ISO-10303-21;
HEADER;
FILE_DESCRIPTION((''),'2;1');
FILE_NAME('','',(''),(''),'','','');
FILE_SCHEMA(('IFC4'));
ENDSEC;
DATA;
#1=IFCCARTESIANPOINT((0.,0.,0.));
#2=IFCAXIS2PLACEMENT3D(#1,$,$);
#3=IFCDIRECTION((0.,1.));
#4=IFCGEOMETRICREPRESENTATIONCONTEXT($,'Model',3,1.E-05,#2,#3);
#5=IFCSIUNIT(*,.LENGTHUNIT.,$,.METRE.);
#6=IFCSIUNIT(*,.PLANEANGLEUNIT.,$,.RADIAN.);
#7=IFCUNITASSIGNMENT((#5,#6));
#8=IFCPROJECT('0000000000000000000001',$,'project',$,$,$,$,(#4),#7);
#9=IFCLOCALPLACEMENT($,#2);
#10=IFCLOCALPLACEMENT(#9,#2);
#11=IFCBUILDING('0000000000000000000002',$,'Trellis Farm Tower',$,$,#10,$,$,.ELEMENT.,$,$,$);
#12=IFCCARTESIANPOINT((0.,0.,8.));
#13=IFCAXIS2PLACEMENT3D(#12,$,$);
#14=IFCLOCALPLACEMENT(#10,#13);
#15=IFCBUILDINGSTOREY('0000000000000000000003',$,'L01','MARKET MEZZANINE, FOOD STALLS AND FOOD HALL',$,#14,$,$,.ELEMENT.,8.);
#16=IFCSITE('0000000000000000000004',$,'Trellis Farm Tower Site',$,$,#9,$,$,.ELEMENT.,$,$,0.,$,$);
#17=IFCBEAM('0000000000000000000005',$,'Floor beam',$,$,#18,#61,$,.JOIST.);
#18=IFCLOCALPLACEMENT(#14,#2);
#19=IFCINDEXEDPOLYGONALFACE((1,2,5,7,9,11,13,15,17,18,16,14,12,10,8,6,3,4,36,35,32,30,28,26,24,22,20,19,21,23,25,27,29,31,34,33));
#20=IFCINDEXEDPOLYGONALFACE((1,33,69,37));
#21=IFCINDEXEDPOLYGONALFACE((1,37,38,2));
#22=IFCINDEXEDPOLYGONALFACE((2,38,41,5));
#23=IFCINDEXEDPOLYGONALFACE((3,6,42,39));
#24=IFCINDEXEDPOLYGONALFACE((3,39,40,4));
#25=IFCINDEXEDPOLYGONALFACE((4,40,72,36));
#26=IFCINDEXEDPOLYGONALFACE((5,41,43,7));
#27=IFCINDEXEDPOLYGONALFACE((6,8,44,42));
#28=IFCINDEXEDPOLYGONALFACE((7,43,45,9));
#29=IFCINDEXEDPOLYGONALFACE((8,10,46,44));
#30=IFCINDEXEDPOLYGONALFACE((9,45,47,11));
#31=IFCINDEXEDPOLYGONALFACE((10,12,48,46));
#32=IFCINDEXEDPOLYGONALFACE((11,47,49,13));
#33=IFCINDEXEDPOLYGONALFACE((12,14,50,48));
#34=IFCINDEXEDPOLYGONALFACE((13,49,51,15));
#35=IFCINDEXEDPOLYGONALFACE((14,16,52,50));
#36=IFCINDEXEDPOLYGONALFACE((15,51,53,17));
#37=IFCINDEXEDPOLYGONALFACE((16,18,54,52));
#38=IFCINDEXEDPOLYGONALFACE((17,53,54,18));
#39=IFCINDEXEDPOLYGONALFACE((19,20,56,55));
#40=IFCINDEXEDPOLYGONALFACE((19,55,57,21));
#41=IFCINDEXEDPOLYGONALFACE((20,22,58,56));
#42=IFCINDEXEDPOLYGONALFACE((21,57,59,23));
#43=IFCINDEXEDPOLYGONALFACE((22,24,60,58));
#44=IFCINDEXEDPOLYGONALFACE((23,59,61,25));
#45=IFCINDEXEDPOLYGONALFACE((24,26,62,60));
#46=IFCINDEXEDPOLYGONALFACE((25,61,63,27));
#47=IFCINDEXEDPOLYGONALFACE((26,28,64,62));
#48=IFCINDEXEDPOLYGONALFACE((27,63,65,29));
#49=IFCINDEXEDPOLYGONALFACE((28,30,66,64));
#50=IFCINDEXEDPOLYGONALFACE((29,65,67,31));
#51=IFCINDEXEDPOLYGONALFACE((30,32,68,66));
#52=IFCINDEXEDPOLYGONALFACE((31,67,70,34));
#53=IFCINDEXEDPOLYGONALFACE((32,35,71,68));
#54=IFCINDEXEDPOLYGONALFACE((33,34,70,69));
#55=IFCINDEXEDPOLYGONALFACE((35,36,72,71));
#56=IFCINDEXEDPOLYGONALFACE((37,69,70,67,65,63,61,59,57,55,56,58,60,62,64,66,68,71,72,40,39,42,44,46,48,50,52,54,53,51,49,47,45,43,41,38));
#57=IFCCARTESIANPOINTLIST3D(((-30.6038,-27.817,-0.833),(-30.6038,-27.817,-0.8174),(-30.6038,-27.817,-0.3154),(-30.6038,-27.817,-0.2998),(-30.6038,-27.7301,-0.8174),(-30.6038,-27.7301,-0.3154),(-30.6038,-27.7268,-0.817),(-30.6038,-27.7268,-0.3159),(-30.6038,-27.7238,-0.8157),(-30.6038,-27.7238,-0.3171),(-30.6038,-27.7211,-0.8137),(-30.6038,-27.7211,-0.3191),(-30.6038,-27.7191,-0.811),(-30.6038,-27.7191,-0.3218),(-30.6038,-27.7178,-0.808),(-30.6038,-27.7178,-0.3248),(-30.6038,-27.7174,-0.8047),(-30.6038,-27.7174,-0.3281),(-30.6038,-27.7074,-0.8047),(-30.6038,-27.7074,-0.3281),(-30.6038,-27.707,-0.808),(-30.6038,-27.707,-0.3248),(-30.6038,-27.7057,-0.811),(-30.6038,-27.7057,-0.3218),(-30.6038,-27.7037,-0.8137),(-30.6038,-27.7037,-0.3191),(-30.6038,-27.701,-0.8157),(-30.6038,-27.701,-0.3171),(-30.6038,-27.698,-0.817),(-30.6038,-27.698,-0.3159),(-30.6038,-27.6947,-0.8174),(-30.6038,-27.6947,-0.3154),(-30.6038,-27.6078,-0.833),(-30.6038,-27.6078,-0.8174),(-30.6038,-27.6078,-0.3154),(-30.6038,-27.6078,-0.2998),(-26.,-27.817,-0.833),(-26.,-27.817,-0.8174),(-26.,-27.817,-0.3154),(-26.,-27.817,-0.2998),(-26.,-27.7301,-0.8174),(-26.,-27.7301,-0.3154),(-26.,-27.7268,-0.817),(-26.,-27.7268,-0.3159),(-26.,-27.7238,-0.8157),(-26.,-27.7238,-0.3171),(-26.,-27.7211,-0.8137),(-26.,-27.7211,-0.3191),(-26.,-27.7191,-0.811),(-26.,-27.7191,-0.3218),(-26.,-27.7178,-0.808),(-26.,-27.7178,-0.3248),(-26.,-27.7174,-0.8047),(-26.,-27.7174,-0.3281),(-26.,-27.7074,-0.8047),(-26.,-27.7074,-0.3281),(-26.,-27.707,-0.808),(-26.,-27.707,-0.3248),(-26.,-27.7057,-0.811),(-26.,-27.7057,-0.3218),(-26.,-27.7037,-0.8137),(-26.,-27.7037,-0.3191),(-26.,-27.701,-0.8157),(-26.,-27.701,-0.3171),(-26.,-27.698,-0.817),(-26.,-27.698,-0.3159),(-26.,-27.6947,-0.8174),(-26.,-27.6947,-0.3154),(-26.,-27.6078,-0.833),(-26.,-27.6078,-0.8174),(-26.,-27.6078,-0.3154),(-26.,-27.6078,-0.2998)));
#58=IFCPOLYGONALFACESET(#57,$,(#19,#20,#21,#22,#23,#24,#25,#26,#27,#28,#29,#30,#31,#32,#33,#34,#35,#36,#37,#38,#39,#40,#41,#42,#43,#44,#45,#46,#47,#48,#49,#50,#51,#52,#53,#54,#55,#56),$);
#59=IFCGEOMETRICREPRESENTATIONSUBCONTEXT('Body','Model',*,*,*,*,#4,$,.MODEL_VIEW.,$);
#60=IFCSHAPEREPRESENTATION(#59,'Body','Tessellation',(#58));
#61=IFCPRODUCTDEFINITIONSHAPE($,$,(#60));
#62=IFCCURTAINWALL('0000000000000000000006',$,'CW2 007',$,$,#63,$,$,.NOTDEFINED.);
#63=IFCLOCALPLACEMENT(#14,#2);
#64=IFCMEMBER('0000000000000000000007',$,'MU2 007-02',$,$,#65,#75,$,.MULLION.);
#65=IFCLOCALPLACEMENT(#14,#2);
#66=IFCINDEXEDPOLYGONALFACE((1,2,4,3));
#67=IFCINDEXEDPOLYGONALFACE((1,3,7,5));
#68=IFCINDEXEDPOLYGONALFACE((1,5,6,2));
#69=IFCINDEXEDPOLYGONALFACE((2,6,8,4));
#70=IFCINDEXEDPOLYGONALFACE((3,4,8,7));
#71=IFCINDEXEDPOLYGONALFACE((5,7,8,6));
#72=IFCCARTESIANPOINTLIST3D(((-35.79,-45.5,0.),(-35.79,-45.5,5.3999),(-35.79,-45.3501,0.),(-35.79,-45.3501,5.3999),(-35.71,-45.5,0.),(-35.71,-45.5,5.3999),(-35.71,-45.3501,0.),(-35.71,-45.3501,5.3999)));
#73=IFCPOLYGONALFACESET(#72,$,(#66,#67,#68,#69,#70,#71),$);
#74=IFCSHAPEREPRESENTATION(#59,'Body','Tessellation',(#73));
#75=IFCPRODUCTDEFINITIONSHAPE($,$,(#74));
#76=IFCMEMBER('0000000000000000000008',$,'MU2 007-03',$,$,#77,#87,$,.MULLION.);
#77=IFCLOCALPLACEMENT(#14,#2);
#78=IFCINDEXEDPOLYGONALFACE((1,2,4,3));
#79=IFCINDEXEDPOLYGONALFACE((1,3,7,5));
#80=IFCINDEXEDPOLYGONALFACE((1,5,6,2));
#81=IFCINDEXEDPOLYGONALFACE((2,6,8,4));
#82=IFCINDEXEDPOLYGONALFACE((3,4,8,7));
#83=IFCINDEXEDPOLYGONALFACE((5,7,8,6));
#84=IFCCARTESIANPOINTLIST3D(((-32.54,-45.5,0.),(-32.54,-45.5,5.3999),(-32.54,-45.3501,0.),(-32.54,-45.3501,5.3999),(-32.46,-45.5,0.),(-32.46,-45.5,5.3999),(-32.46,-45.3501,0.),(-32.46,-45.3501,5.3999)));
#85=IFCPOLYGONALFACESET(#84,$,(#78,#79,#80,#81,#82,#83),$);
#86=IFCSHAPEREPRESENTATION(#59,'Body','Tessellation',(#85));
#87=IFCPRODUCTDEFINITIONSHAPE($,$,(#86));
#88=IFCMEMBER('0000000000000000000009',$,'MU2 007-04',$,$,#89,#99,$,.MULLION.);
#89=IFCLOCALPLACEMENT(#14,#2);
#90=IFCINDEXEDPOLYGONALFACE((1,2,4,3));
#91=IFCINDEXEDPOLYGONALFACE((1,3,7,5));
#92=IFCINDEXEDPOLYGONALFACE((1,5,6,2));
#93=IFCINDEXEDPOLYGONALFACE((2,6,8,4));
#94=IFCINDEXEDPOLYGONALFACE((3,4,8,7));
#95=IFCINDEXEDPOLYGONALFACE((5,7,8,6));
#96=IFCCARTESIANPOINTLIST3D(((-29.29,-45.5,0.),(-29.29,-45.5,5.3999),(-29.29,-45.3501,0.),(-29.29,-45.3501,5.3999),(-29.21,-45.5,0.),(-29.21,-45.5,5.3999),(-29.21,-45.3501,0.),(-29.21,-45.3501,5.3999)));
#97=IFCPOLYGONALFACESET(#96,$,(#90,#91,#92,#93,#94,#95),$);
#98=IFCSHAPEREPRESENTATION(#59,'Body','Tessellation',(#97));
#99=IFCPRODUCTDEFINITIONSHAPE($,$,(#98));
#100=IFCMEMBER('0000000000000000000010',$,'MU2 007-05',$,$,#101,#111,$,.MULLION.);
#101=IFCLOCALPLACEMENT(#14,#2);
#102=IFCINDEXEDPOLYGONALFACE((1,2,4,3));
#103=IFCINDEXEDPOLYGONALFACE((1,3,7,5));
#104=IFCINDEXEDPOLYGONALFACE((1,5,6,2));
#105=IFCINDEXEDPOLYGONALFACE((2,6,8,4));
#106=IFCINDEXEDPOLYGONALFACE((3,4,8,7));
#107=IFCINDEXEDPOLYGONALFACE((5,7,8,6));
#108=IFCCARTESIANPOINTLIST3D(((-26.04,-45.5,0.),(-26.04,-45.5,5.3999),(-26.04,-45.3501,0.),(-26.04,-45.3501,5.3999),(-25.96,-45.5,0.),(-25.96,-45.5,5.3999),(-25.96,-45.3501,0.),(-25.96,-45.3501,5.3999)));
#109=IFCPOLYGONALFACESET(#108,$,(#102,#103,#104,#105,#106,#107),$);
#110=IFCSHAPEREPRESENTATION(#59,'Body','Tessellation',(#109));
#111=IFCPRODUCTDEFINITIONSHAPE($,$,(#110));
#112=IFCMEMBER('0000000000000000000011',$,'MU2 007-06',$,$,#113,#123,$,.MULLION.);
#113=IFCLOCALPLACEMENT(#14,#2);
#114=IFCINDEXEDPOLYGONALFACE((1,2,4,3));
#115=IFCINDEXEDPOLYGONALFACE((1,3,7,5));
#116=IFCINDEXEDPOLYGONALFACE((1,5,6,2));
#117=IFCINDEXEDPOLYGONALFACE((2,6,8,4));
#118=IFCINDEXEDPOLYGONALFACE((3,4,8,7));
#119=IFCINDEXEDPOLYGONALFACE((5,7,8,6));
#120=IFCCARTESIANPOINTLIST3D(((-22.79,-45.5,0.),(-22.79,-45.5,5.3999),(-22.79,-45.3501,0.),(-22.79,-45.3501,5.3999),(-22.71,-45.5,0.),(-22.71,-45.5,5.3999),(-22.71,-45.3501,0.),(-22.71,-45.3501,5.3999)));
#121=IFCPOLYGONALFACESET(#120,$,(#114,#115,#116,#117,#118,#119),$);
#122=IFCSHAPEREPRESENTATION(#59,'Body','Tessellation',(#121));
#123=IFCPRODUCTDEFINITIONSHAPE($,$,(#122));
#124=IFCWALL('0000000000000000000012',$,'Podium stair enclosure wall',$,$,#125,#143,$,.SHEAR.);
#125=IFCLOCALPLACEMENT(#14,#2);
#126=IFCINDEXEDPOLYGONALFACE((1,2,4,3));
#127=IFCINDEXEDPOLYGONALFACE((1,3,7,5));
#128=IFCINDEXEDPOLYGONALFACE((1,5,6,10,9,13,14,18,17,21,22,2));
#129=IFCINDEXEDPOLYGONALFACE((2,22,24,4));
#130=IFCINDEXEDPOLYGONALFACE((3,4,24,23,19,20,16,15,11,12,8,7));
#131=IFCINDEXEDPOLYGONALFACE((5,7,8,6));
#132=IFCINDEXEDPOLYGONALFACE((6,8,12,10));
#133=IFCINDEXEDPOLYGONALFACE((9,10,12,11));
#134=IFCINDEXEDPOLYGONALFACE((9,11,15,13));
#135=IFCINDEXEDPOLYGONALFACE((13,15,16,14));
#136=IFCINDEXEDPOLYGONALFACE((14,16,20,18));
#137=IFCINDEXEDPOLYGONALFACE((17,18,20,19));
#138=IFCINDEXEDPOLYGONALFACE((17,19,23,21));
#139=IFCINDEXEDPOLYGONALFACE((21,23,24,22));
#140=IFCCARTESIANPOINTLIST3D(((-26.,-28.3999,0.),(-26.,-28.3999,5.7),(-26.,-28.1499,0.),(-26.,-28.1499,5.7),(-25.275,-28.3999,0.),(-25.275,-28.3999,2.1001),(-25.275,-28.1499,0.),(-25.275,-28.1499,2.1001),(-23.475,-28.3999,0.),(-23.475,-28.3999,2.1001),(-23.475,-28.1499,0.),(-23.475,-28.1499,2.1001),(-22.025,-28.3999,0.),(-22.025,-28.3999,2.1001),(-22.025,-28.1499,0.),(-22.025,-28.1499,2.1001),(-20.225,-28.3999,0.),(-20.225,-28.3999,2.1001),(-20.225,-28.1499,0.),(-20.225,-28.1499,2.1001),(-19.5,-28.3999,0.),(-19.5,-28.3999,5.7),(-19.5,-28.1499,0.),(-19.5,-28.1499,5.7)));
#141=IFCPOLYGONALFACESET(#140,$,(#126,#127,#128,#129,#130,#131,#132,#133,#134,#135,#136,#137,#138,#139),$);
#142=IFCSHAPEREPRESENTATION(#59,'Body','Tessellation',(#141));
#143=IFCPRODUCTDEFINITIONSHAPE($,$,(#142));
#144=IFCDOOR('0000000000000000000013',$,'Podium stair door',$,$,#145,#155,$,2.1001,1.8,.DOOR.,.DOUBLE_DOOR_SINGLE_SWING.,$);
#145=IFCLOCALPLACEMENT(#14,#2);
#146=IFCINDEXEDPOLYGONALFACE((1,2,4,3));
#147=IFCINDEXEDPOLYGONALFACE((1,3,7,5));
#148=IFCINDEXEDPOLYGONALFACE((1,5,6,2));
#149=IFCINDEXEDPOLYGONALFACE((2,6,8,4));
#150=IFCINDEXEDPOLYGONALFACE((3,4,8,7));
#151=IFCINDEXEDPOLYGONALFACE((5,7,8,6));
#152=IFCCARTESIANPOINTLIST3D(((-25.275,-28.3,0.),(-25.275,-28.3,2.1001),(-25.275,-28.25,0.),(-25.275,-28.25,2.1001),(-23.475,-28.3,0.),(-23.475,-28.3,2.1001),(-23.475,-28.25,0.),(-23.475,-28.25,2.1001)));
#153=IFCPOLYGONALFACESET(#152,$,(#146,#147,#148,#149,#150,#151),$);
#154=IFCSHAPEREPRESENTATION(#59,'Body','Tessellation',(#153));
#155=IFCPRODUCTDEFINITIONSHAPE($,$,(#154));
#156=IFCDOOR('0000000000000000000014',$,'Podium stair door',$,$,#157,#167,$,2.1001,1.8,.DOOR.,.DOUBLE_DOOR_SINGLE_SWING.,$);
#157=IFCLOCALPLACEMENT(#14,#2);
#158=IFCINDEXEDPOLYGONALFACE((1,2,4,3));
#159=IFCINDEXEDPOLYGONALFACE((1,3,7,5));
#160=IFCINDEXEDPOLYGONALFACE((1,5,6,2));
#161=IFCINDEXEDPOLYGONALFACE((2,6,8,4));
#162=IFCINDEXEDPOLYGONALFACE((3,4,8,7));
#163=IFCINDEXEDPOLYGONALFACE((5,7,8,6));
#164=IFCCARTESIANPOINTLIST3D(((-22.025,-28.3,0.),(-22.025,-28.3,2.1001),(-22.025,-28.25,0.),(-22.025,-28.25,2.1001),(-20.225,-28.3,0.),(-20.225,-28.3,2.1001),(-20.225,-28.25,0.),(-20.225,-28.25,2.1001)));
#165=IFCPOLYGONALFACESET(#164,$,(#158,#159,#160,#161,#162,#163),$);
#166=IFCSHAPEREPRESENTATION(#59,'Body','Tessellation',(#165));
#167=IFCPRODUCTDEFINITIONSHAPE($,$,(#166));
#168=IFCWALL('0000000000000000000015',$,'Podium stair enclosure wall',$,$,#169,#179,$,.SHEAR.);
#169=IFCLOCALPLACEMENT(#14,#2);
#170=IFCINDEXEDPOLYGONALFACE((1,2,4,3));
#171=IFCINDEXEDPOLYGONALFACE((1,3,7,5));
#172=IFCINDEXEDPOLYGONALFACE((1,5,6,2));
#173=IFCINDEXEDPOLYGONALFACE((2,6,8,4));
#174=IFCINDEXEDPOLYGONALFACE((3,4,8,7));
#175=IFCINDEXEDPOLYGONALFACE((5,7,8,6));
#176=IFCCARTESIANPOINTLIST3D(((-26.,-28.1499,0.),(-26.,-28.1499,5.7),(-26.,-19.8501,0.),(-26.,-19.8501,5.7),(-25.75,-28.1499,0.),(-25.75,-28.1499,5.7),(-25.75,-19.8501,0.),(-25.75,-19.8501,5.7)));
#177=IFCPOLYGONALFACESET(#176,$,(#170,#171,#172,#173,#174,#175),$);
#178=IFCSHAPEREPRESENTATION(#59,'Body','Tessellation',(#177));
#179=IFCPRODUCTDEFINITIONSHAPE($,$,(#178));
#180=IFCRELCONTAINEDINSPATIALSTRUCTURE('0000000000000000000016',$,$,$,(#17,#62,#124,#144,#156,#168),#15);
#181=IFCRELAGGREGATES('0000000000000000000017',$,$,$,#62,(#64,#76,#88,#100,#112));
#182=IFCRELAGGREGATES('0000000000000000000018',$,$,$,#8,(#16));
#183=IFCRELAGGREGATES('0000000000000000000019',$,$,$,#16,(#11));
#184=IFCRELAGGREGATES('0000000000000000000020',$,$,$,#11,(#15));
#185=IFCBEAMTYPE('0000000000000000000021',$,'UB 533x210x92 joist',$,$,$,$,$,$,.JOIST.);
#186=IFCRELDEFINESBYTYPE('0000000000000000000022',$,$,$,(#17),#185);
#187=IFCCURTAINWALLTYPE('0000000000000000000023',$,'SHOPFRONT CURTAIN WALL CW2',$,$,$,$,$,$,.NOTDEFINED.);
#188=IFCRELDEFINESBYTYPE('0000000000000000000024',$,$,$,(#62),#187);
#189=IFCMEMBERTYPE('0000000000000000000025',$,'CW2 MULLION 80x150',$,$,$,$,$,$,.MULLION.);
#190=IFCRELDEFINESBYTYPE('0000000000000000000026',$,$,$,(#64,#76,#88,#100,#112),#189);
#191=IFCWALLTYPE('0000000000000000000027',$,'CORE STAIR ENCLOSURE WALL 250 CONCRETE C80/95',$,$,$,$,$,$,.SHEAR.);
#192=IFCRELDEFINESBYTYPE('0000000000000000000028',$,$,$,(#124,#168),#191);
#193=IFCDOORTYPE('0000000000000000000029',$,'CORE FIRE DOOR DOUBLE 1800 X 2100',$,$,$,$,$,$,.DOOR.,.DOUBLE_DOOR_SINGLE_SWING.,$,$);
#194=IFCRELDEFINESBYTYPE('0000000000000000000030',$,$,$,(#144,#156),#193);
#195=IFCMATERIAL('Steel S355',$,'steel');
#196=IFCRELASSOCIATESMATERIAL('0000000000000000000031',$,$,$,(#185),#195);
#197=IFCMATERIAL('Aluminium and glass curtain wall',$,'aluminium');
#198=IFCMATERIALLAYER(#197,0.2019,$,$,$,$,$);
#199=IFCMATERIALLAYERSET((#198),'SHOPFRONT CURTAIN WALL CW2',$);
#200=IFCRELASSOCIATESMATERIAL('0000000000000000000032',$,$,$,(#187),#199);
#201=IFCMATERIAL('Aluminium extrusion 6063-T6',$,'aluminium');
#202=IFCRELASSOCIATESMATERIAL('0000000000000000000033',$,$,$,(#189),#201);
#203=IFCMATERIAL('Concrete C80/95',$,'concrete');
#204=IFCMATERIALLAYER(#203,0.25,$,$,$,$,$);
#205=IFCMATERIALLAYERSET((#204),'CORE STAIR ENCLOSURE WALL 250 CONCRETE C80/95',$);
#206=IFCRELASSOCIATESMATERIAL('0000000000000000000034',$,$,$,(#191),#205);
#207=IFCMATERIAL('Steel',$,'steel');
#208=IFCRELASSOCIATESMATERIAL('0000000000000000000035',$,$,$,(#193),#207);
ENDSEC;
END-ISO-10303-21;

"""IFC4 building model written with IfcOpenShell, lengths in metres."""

from ifc_helpers import new_model, si_unit, direction, frame, frame_2d, origin, origin_2d, place, context, subcontext, project, spatial, rectangle, i_section, extrude, source, transform, mapped, material, layer, layer_set, material_profile, profile_set, type_object, element, fill, aggregate, save


model = new_model("IFC4")

# Units and contexts
model_context = context("Model", 3, precision=1e-05, world=origin(), true_north=direction((0.0, 1.0)))
body_context = subcontext(model_context, "Body", "Model", "MODEL_VIEW")
ifc_project = project(units=[si_unit("LENGTHUNIT", "METRE"), si_unit("PLANEANGLEUNIT", "RADIAN")], contexts=[model_context])

# Site, building, storey
site_placement = place(None, origin())
site = spatial("IfcSite", under=ifc_project, at=site_placement, Name="Trellis Farm Tower Site", CompositionType="ELEMENT", RefElevation=0.0)
building_placement = place(site_placement, origin())
building = spatial("IfcBuilding", under=site, at=building_placement, Name="Trellis Farm Tower", CompositionType="ELEMENT")
storey_placement = place(building_placement, frame((0.0, 0.0, 8.0)))
storey = spatial("IfcBuildingStorey", under=building, at=storey_placement, Name="L01", Description="MARKET MEZZANINE, FOOD STALLS AND FOOD HALL", CompositionType="ELEMENT", Elevation=8.0)

# Beam
ifc_material_1 = material(Name="Steel S355", Category="steel")
ifc_material_profile_1 = material_profile(ifc_material_1, i_section(OverallWidth=0.2092, OverallDepth=0.5332, WebThickness=0.01, FlangeThickness=0.0156, FilletRadius=0.0127, at=origin_2d()), Name="UB 533x210x92")
ifc_profile_set_1 = profile_set([ifc_material_profile_1], Name="Steel S355")
beam_type_1 = type_object("IfcBeamType", Name="UB 533x210x92 joist", PredefinedType="JOIST", material=ifc_profile_set_1)
shared_shape_1 = source(origin(), body_context, "Body", "SweptSolid", [
    extrude(i_section(OverallWidth=0.2092, OverallDepth=0.5332, WebThickness=0.01, FlangeThickness=0.0156, FilletRadius=0.0127, at=origin_2d()), origin(), (0.0, 0.0, 1.0), 4.6038),
])
beam_placement = place(storey_placement, frame((-30.6038, -27.7124, -0.5664), z_axis=(1.0, 0.0, 0.0), x_axis=(0.0, 1.0, 0.0)))
element("IfcBeam", 1, at=beam_placement, inside=storey, type_object=beam_type_1, Name="Floor beam", PredefinedType="JOIST", context=body_context, shape_type="MappedRepresentation", body=[
    mapped(shared_shape_1, transform((0.0, 0.0, 0.0))),
])

# Curtain wall, members
ifc_material_2 = material(Name="Aluminium and glass curtain wall", Category="aluminium")
ifc_layer_1 = layer(ifc_material_2, 0.2019)
ifc_layer_set_1 = layer_set([ifc_layer_1], Name="SHOPFRONT CURTAIN WALL CW2")
curtain_wall_type = type_object("IfcCurtainWallType", Name="SHOPFRONT CURTAIN WALL CW2", PredefinedType="NOTDEFINED", material=ifc_layer_set_1)
placement = place(storey_placement, origin())
curtain_wall = element("IfcCurtainWall", 2, at=placement, inside=storey, type_object=curtain_wall_type, Name="CW2 007", PredefinedType="NOTDEFINED")
ifc_material_3 = material(Name="Aluminium extrusion 6063-T6", Category="aluminium")
ifc_material_profile_2 = material_profile(ifc_material_3, rectangle(XDim=0.0801, YDim=0.1499, at=origin_2d()), Name="MULLION 80x150")
ifc_profile_set_2 = profile_set([ifc_material_profile_2], Name="Aluminium extrusion 6063-T6")
member_type = type_object("IfcMemberType", Name="CW2 MULLION 80x150", PredefinedType="MULLION", material=ifc_profile_set_2)
shared_shape_2 = source(origin(), body_context, "Body", "SweptSolid", [
    extrude(rectangle(XDim=0.0801, YDim=0.1499, at=origin_2d()), origin(), (0.0, 0.0, 1.0), 5.3999),
])
member_1_placement = place(storey_placement, frame((-35.75, -45.425, 0.0), z_axis=(0.0, 0.0, 1.0), x_axis=(1.0, 0.0, 0.0)))
member_1 = element("IfcMember", 3, at=member_1_placement, type_object=member_type, Name="MU2 007-02", PredefinedType="MULLION", context=body_context, shape_type="MappedRepresentation", body=[
    mapped(shared_shape_2, transform((0.0, 0.0, 0.0))),
])
member_2_placement = place(storey_placement, frame((-32.5, -45.425, 0.0), z_axis=(0.0, 0.0, 1.0), x_axis=(1.0, 0.0, 0.0)))
member_2 = element("IfcMember", 4, at=member_2_placement, type_object=member_type, Name="MU2 007-03", PredefinedType="MULLION", context=body_context, shape_type="MappedRepresentation", body=[
    mapped(shared_shape_2, transform((0.0, 0.0, 0.0))),
])
member_3_placement = place(storey_placement, frame((-29.25, -45.425, 0.0), z_axis=(0.0, 0.0, 1.0), x_axis=(1.0, 0.0, 0.0)))
member_3 = element("IfcMember", 5, at=member_3_placement, type_object=member_type, Name="MU2 007-04", PredefinedType="MULLION", context=body_context, shape_type="MappedRepresentation", body=[
    mapped(shared_shape_2, transform((0.0, 0.0, 0.0))),
])
member_4_placement = place(storey_placement, frame((-26.0, -45.425, 0.0), z_axis=(0.0, 0.0, 1.0), x_axis=(1.0, 0.0, 0.0)))
member_4 = element("IfcMember", 6, at=member_4_placement, type_object=member_type, Name="MU2 007-05", PredefinedType="MULLION", context=body_context, shape_type="MappedRepresentation", body=[
    mapped(shared_shape_2, transform((0.0, 0.0, 0.0))),
])
member_5_placement = place(storey_placement, frame((-22.75, -45.425, 0.0), z_axis=(0.0, 0.0, 1.0), x_axis=(1.0, 0.0, 0.0)))
member_5 = element("IfcMember", 7, at=member_5_placement, type_object=member_type, Name="MU2 007-06", PredefinedType="MULLION", context=body_context, shape_type="MappedRepresentation", body=[
    mapped(shared_shape_2, transform((0.0, 0.0, 0.0))),
])
aggregate(curtain_wall, [member_1, member_2, member_3, member_4, member_5])

# Wall, openings, doors
ifc_material_4 = material(Name="Concrete C80/95", Category="concrete")
ifc_layer_2 = layer(ifc_material_4, 0.25)
ifc_layer_set_2 = layer_set([ifc_layer_2], Name="CORE STAIR ENCLOSURE WALL 250 CONCRETE C80/95")
wall_type_1 = type_object("IfcWallType", Name="CORE STAIR ENCLOSURE WALL 250 CONCRETE C80/95", PredefinedType="SHEAR", material=ifc_layer_set_2)
shared_shape_3 = source(origin(), body_context, "Body", "SweptSolid", [
    extrude(rectangle(XDim=6.5, YDim=0.25, at=frame_2d((3.25, 0.0))), origin(), (0.0, 0.0, 1.0), 5.7),
])
wall_1_placement = place(storey_placement, frame((-26.0, -28.2749, 0.0), z_axis=(0.0, 0.0, 1.0), x_axis=(1.0, 0.0, 0.0)))
wall_1 = element("IfcWall", 8, at=wall_1_placement, inside=storey, type_object=wall_type_1, Name="Podium stair enclosure wall", PredefinedType="SHEAR", context=body_context, shape_type="MappedRepresentation", body=[
    mapped(shared_shape_3, transform((0.0, 0.0, 0.0))),
])
shared_shape_4 = source(origin(), body_context, "Body", "SweptSolid", [
    extrude(rectangle(XDim=1.8, YDim=2.1001, at=frame_2d((0.8999, 1.05))), frame((0.0, 0.135, 0.0), z_axis=(0.0, -1.0, 0.0), x_axis=(1.0, 0.0, 0.0)), (0.0, 0.0, 1.0), 0.27),
])
opening_1_placement = place(wall_1_placement, frame((0.7251, 0.0, 0.0)))
opening_1 = element("IfcOpeningElement", 9, at=opening_1_placement, cuts=wall_1, PredefinedType="OPENING", context=body_context, shape_type="MappedRepresentation", body=[
    mapped(shared_shape_4, transform((0.0, 0.0, 0.0))),
])
opening_2_placement = place(wall_1_placement, frame((3.9751, 0.0, 0.0)))
opening_2 = element("IfcOpeningElement", 10, at=opening_2_placement, cuts=wall_1, PredefinedType="OPENING", context=body_context, shape_type="MappedRepresentation", body=[
    mapped(shared_shape_4, transform((0.0, 0.0, 0.0))),
])
ifc_material_5 = material(Name="Steel", Category="steel")
door_type_1 = type_object("IfcDoorType", Name="CORE FIRE DOOR DOUBLE 1800 X 2100", OperationType="DOUBLE_DOOR_SINGLE_SWING", PredefinedType="DOOR", material=ifc_material_5)
shared_shape_5 = source(origin(), body_context, "Body", "SweptSolid", [
    extrude(rectangle(XDim=1.8, YDim=2.1001, at=frame_2d((0.8999, 1.05))), frame((0.0, 0.0249, 0.0), z_axis=(0.0, -1.0, 0.0), x_axis=(1.0, 0.0, 0.0)), (0.0, 0.0, 1.0), 0.05),
])
door_1_placement = place(opening_1_placement, origin())
door_1 = element("IfcDoor", 11, at=door_1_placement, inside=storey, type_object=door_type_1, Name="Podium stair door", OperationType="DOUBLE_DOOR_SINGLE_SWING", OverallHeight=2.1001, OverallWidth=1.8, PredefinedType="DOOR", context=body_context, shape_type="MappedRepresentation", body=[
    mapped(shared_shape_5, transform((0.0, 0.0, 0.0))),
])
fill(opening_1, door_1)
door_2_placement = place(opening_2_placement, origin())
door_2 = element("IfcDoor", 12, at=door_2_placement, inside=storey, type_object=door_type_1, Name="Podium stair door", OperationType="DOUBLE_DOOR_SINGLE_SWING", OverallHeight=2.1001, OverallWidth=1.8, PredefinedType="DOOR", context=body_context, shape_type="MappedRepresentation", body=[
    mapped(shared_shape_5, transform((0.0, 0.0, 0.0))),
])
fill(opening_2, door_2)

# Wall
shared_shape_6 = source(origin(), body_context, "Body", "SweptSolid", [
    extrude(rectangle(XDim=8.2998, YDim=0.25, at=frame_2d((4.1499, 0.0))), origin(), (0.0, 0.0, 1.0), 5.7),
])
wall_2_placement = place(storey_placement, frame((-25.875, -28.1499, 0.0), z_axis=(0.0, 0.0, 1.0), x_axis=(0.0, 1.0, 0.0)))
element("IfcWall", 13, at=wall_2_placement, inside=storey, type_object=wall_type_1, Name="Podium stair enclosure wall", PredefinedType="SHEAR", context=body_context, shape_type="MappedRepresentation", body=[
    mapped(shared_shape_6, transform((0.0, 0.0, 0.0))),
])

save(model, "model.ifc")
